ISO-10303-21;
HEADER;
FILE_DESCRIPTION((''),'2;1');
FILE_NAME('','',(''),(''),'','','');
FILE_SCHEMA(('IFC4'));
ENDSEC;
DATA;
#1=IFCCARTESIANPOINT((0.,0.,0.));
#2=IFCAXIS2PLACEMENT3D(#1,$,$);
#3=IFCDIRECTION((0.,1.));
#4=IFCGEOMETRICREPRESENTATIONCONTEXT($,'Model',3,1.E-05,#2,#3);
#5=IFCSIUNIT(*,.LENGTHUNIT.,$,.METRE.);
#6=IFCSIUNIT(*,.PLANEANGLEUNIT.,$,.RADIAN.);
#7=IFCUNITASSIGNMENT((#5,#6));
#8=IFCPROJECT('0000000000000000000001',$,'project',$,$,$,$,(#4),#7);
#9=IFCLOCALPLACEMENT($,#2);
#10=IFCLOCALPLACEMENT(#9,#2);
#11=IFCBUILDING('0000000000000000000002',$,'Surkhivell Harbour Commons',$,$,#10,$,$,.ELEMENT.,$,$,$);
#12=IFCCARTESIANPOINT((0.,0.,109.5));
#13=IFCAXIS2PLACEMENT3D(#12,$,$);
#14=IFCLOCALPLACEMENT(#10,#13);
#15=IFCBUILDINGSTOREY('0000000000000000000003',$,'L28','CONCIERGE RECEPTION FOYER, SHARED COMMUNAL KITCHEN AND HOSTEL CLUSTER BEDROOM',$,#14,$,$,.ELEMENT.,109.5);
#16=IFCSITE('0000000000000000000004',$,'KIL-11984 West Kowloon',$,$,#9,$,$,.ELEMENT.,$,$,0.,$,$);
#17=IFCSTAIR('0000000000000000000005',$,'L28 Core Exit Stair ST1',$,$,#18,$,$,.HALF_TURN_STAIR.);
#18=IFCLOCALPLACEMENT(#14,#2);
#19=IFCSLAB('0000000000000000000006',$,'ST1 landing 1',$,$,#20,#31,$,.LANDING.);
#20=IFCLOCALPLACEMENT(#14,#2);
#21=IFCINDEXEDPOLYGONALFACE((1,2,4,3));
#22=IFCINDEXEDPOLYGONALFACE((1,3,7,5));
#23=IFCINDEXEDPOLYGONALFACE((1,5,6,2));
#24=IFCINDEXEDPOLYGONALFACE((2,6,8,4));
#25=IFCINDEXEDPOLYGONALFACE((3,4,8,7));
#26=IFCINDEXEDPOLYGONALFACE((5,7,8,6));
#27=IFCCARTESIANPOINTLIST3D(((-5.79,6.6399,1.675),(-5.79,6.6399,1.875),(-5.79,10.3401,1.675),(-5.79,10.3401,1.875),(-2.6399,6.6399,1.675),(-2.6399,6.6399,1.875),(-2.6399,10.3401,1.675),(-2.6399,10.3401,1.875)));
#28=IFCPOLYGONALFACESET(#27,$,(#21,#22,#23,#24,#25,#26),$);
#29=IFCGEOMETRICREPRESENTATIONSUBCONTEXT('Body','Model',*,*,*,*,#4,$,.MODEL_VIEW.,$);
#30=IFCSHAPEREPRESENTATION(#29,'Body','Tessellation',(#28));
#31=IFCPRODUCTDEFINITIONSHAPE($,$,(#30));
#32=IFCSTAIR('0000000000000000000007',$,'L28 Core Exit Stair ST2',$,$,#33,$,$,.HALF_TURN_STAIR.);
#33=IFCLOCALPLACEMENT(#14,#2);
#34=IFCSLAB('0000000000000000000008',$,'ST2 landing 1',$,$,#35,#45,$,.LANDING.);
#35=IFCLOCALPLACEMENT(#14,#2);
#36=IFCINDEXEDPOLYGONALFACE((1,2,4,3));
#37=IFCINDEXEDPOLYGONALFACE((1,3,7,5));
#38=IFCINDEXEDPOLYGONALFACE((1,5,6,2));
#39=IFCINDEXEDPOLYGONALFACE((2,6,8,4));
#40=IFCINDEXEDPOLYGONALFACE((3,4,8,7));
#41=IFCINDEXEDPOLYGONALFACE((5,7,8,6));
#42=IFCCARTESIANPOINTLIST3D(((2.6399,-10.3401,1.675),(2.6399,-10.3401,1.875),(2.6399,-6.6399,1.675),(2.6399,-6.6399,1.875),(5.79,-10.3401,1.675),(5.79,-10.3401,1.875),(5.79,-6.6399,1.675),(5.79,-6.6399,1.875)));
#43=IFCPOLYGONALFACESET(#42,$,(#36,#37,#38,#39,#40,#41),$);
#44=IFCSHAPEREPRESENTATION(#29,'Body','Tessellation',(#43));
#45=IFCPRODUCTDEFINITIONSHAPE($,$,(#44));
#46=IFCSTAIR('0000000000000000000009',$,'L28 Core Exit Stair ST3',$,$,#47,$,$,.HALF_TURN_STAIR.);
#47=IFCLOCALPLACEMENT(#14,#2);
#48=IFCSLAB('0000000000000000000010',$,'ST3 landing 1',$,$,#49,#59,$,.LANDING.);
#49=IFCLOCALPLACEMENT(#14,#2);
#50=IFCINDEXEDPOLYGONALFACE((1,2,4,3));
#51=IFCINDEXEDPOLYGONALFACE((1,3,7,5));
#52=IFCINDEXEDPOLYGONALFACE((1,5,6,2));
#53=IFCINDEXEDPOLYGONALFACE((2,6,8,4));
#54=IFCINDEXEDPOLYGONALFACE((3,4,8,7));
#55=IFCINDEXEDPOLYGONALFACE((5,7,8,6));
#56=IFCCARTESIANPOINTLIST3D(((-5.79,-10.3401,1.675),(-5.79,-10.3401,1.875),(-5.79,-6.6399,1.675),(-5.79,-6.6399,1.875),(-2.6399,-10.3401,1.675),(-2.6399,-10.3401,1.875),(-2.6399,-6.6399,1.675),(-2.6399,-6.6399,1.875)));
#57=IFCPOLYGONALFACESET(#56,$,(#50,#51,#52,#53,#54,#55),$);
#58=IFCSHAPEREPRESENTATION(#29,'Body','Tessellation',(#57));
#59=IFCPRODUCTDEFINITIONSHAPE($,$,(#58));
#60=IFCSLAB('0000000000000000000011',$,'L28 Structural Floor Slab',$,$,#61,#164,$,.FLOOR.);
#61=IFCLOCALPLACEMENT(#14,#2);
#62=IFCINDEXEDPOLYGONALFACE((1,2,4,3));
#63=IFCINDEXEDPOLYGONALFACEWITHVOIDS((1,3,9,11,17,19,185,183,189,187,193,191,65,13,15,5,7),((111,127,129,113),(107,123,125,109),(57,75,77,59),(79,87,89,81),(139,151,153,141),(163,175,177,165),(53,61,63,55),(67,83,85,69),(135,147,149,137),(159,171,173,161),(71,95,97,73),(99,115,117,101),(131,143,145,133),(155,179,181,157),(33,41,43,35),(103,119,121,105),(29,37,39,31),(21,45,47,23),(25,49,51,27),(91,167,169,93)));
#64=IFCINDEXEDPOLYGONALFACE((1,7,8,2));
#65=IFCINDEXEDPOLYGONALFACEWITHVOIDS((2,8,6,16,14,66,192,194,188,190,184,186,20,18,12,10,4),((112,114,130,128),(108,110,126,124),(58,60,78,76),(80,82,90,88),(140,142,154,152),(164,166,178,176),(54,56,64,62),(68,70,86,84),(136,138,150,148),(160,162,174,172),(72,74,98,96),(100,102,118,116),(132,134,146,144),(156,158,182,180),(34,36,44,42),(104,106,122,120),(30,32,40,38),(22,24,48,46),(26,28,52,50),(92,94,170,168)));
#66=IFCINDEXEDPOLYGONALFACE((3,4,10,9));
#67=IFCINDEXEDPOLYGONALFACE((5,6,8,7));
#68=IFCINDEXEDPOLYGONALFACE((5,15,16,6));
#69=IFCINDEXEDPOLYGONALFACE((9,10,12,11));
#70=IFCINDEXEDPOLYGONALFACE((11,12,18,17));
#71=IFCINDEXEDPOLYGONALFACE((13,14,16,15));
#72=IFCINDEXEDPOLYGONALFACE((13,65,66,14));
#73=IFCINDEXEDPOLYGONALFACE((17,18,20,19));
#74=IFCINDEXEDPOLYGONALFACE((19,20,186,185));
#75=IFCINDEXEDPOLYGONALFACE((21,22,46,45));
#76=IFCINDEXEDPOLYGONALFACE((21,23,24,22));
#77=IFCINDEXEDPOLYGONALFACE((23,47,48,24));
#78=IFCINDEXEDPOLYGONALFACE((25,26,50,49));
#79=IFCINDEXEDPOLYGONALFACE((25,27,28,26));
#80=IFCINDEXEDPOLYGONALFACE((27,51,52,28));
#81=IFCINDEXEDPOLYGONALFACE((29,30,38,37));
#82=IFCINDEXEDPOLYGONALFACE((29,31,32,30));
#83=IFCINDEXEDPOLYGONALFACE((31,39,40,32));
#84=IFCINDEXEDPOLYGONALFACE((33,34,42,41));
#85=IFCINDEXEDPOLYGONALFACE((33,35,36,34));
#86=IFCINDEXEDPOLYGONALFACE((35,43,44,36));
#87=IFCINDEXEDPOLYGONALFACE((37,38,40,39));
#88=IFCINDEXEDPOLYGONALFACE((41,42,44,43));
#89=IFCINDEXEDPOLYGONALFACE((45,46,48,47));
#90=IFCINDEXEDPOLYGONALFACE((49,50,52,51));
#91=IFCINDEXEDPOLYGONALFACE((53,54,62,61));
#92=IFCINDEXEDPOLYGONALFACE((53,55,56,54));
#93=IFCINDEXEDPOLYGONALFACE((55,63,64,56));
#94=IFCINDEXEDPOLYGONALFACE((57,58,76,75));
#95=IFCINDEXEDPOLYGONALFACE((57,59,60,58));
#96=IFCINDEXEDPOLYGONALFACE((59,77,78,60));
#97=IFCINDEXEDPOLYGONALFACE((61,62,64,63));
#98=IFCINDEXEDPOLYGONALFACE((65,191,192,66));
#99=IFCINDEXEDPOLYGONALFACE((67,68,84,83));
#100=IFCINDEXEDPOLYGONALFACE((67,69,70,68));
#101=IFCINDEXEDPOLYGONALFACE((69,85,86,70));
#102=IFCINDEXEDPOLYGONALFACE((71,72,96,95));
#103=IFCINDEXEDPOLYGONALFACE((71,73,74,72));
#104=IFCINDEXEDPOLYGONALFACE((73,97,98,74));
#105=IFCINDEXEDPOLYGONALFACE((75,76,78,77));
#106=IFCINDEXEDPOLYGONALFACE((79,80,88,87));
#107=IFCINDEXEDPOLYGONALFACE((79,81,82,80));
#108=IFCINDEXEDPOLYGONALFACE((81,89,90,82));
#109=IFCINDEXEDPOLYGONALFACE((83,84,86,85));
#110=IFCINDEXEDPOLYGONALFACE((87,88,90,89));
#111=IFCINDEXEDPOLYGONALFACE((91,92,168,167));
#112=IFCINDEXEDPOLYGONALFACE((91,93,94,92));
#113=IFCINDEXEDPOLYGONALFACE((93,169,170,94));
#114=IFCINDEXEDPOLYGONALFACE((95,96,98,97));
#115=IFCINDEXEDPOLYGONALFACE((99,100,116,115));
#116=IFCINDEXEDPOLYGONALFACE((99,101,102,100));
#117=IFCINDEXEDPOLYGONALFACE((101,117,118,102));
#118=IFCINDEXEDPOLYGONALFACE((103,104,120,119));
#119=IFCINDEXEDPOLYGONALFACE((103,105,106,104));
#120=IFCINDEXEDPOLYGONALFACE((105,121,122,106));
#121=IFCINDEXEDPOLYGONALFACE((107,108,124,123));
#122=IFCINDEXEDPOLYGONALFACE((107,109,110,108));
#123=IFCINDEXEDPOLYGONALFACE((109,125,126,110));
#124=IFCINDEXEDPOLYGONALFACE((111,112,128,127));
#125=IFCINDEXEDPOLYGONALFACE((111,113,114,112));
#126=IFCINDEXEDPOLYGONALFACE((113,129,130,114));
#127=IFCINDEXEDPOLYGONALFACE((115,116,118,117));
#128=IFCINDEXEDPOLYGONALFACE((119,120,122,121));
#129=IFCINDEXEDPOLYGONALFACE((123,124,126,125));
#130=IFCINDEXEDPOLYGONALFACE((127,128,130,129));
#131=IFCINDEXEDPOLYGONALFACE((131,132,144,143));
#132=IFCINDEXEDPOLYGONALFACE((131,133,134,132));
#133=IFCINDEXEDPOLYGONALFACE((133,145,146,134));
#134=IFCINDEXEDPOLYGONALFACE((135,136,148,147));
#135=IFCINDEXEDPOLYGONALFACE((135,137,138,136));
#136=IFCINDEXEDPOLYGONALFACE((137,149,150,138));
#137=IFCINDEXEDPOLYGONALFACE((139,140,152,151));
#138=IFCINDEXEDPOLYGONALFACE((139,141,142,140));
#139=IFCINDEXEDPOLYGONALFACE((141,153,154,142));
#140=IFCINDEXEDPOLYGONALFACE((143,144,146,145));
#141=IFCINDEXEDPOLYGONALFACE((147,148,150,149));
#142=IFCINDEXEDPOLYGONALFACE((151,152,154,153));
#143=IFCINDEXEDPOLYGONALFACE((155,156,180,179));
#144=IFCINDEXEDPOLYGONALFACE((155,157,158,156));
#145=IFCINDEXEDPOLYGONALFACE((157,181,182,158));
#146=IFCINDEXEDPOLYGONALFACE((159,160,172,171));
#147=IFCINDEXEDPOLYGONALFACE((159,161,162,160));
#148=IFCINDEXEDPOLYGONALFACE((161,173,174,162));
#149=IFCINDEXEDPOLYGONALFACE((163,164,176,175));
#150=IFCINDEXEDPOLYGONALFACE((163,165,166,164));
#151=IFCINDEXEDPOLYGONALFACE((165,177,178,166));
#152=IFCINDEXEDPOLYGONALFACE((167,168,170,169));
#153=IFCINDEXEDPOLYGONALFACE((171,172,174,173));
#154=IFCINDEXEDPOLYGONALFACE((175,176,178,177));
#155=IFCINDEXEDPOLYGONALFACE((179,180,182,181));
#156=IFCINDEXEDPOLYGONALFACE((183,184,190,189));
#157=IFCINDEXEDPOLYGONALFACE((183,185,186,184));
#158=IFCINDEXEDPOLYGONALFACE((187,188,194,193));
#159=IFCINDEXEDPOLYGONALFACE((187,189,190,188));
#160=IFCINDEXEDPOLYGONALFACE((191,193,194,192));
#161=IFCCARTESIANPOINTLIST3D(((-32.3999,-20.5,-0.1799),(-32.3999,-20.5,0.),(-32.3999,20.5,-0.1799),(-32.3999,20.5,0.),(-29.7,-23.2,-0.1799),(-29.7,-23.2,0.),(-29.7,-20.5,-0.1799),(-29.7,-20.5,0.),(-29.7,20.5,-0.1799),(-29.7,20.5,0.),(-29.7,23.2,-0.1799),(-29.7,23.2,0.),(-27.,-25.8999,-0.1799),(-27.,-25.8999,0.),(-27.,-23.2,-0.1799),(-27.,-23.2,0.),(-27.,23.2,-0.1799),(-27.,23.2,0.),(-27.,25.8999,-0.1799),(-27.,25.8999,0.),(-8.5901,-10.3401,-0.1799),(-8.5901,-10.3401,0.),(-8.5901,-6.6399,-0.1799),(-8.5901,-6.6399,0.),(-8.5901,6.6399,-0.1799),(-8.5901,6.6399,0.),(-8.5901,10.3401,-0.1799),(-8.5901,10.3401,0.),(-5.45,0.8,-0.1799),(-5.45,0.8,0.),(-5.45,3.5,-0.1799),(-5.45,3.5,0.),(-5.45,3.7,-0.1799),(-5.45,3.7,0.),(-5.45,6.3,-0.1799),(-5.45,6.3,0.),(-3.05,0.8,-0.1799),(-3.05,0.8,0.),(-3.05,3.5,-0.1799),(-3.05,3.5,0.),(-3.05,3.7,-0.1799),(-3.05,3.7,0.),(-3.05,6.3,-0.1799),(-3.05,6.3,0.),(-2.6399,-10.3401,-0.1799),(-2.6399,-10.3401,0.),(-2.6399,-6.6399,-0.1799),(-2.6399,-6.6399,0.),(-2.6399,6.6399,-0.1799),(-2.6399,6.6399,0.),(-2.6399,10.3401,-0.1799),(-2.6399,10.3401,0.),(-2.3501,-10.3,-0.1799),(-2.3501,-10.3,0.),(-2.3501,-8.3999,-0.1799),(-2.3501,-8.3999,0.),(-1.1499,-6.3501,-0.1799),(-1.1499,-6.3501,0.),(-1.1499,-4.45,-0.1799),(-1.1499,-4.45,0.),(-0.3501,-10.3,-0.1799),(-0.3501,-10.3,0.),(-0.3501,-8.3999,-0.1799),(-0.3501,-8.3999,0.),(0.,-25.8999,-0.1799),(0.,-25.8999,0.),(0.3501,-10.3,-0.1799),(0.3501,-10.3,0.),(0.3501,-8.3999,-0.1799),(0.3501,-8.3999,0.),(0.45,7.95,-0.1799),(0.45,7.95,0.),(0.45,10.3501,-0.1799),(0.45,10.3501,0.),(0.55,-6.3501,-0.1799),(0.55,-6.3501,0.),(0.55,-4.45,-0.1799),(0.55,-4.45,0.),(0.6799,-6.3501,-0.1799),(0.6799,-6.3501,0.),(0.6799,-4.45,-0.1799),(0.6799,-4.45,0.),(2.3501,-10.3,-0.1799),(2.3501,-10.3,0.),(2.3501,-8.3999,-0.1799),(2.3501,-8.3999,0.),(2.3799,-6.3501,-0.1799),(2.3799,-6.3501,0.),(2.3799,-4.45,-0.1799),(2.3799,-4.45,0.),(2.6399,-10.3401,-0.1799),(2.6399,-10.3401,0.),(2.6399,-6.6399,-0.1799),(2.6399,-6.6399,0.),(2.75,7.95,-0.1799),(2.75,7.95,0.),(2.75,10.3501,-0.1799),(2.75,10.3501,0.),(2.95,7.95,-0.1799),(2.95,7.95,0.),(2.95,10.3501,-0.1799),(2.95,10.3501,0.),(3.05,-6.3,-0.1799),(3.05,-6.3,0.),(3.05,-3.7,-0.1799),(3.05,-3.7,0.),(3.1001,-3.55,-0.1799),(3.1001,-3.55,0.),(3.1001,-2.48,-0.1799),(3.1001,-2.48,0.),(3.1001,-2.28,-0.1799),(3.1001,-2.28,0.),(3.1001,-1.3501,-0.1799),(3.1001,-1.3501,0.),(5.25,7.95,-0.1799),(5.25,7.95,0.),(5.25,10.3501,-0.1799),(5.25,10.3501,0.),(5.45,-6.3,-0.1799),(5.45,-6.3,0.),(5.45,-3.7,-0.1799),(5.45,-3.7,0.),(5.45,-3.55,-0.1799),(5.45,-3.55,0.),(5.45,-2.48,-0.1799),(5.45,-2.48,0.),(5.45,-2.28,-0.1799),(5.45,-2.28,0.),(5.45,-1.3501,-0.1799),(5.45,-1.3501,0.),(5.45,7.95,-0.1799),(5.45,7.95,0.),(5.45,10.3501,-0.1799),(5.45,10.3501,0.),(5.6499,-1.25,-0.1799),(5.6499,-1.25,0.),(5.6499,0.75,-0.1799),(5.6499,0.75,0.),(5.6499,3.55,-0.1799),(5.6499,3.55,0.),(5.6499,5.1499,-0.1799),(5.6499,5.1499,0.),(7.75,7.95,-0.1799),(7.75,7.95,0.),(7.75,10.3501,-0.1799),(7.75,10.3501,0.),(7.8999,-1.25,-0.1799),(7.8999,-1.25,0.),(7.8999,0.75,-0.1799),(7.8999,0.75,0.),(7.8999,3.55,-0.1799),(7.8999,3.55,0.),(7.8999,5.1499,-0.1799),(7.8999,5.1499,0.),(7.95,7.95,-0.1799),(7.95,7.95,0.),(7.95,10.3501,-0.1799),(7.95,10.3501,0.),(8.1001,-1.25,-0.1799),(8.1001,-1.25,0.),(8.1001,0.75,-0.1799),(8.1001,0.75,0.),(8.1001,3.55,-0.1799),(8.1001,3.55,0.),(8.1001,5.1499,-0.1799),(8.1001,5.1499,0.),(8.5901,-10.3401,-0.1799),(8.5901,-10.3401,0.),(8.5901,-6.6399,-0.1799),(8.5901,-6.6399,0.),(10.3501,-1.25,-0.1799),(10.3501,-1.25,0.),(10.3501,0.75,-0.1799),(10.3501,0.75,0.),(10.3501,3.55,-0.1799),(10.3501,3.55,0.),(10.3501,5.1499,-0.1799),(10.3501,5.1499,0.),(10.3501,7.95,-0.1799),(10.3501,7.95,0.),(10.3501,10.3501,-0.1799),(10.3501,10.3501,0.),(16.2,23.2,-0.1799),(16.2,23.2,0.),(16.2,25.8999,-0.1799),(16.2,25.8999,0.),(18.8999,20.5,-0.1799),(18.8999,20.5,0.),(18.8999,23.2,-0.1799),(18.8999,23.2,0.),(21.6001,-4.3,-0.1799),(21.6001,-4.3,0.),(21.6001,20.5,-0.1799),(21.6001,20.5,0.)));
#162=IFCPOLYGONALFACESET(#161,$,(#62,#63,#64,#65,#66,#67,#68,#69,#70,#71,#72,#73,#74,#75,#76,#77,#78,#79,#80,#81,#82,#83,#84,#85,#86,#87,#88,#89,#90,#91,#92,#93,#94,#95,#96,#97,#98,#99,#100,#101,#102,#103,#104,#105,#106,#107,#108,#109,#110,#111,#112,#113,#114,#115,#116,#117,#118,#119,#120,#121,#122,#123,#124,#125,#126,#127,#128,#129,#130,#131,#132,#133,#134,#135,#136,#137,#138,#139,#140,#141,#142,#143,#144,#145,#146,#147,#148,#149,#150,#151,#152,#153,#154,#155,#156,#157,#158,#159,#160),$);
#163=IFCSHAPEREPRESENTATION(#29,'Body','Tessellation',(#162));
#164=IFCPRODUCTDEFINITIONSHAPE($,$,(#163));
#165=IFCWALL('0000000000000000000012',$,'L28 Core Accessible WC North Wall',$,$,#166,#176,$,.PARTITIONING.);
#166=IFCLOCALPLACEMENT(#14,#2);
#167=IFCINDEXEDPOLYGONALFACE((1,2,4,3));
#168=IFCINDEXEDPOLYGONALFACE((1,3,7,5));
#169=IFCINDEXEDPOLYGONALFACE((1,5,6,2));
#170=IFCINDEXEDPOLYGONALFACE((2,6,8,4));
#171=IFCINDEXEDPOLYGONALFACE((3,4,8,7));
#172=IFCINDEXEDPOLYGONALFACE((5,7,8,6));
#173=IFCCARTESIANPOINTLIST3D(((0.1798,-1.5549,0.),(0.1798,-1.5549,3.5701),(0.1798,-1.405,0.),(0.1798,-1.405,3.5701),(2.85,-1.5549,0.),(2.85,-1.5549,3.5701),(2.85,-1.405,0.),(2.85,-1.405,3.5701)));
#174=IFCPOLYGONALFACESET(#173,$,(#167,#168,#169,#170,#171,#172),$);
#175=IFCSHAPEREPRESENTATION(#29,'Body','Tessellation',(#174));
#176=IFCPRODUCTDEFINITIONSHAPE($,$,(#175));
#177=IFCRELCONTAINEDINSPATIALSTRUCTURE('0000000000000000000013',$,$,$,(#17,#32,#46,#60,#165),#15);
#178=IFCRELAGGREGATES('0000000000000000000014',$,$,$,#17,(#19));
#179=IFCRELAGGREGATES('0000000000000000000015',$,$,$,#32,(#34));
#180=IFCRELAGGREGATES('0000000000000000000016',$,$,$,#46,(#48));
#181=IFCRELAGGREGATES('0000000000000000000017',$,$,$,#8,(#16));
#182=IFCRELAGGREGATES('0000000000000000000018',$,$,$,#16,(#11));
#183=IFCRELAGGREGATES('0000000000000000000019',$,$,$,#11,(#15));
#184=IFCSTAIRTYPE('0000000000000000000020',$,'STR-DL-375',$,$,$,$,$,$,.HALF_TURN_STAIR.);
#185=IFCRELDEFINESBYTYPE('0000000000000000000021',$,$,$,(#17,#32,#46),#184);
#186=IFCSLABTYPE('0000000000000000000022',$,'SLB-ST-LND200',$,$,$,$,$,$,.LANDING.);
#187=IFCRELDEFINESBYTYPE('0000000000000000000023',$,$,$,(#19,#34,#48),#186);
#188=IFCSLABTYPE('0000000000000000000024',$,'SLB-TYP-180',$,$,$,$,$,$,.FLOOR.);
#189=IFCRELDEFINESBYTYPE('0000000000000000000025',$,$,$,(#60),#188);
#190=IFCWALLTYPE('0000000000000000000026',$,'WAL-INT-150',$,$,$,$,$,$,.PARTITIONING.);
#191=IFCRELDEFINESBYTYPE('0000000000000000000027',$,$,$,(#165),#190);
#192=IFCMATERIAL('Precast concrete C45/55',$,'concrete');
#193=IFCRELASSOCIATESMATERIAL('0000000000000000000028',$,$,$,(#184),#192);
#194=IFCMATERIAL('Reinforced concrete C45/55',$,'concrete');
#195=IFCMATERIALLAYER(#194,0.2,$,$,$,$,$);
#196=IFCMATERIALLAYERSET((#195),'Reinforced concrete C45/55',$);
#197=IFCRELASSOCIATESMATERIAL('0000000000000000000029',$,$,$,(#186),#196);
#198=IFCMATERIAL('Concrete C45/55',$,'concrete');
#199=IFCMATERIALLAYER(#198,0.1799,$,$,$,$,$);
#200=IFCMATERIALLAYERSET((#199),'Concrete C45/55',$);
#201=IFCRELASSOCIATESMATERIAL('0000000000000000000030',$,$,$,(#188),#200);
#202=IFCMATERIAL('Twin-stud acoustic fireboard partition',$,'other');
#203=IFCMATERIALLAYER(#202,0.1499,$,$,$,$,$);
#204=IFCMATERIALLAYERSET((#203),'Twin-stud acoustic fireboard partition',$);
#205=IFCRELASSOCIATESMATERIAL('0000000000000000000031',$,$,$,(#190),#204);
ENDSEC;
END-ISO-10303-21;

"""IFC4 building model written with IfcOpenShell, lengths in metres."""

from ifc_helpers import new_model, si_unit, direction, frame, frame_2d, origin, place, context, subcontext, project, spatial, polyline, rectangle, outline, extrude, material, layer, layer_set, type_object, element, aggregate, save


model = new_model("IFC4")

# Units and contexts
model_context = context("Model", 3, precision=1e-05, world=origin(), true_north=direction((0.0, 1.0)))
body_context = subcontext(model_context, "Body", "Model", "MODEL_VIEW")
ifc_project = project(units=[si_unit("LENGTHUNIT", "METRE"), si_unit("PLANEANGLEUNIT", "RADIAN")], contexts=[model_context])

# Site, building, storey
site_placement = place(None, origin())
site = spatial("IfcSite", under=ifc_project, at=site_placement, Name="KIL-11984 West Kowloon", CompositionType="ELEMENT", RefElevation=0.0)
building_placement = place(site_placement, origin())
building = spatial("IfcBuilding", under=site, at=building_placement, Name="Surkhivell Harbour Commons", CompositionType="ELEMENT")
storey_placement = place(building_placement, frame((0.0, 0.0, 109.5)))
storey = spatial("IfcBuildingStorey", under=building, at=storey_placement, Name="L28", Description="CONCIERGE RECEPTION FOYER, SHARED COMMUNAL KITCHEN AND HOSTEL CLUSTER BEDROOM", CompositionType="ELEMENT", Elevation=109.5)

# Stairs, slabs
ifc_material_1 = material(Name="Precast concrete C45/55", Category="concrete")
stair_type = type_object("IfcStairType", Name="STR-DL-375", PredefinedType="HALF_TURN_STAIR", material=ifc_material_1)
stair_1_placement = place(storey_placement, origin())
stair_1 = element("IfcStair", 1, at=stair_1_placement, inside=storey, type_object=stair_type, Name="L28 Core Exit Stair ST1", PredefinedType="HALF_TURN_STAIR")
ifc_material_2 = material(Name="Reinforced concrete C45/55", Category="concrete")
ifc_layer_1 = layer(ifc_material_2, 0.2)
ifc_layer_set_1 = layer_set([ifc_layer_1], Name="Reinforced concrete C45/55")
slab_type_1 = type_object("IfcSlabType", Name="SLB-ST-LND200", PredefinedType="LANDING", material=ifc_layer_set_1)
slab_1_placement = place(storey_placement, frame((0.0, 0.0, 1.675)))
slab_1 = element("IfcSlab", 2, at=slab_1_placement, type_object=slab_type_1, Name="ST1 landing 1", PredefinedType="LANDING", context=body_context, shape_type="SweptSolid", body=[
    extrude(outline(polyline([(-5.79, 6.6399), (-2.6399, 6.6399), (-2.6399, 10.3401), (-5.79, 10.3401), (-5.79, 6.6399)])), origin(), (0.0, 0.0, 1.0), 0.2),
])
aggregate(stair_1, [slab_1])
stair_2_placement = place(storey_placement, origin())
stair_2 = element("IfcStair", 3, at=stair_2_placement, inside=storey, type_object=stair_type, Name="L28 Core Exit Stair ST2", PredefinedType="HALF_TURN_STAIR")
slab_2_placement = place(storey_placement, frame((0.0, 0.0, 1.675)))
slab_2 = element("IfcSlab", 4, at=slab_2_placement, type_object=slab_type_1, Name="ST2 landing 1", PredefinedType="LANDING", context=body_context, shape_type="SweptSolid", body=[
    extrude(outline(polyline([(5.79, -6.6399), (2.6399, -6.6399), (2.6399, -10.3401), (5.79, -10.3401), (5.79, -6.6399)])), origin(), (0.0, 0.0, 1.0), 0.2),
])
aggregate(stair_2, [slab_2])
stair_3_placement = place(storey_placement, origin())
stair_3 = element("IfcStair", 5, at=stair_3_placement, inside=storey, type_object=stair_type, Name="L28 Core Exit Stair ST3", PredefinedType="HALF_TURN_STAIR")
slab_3_placement = place(storey_placement, frame((0.0, 0.0, 1.675)))
slab_3 = element("IfcSlab", 6, at=slab_3_placement, type_object=slab_type_1, Name="ST3 landing 1", PredefinedType="LANDING", context=body_context, shape_type="SweptSolid", body=[
    extrude(outline(polyline([(-5.79, -10.3401), (-2.6399, -10.3401), (-2.6399, -6.6399), (-5.79, -6.6399), (-5.79, -10.3401)])), origin(), (0.0, 0.0, 1.0), 0.2),
])
aggregate(stair_3, [slab_3])

# Slab
ifc_material_3 = material(Name="Concrete C45/55", Category="concrete")
ifc_layer_2 = layer(ifc_material_3, 0.1799)
ifc_layer_set_2 = layer_set([ifc_layer_2], Name="Concrete C45/55")
slab_type_2 = type_object("IfcSlabType", Name="SLB-TYP-180", PredefinedType="FLOOR", material=ifc_layer_set_2)
slab_4_placement = place(storey_placement, frame((0.0, 0.0, -0.1799)))
element("IfcSlab", 7, at=slab_4_placement, inside=storey, type_object=slab_type_2, Name="L28 Structural Floor Slab", PredefinedType="FLOOR", context=body_context, shape_type="SweptSolid", body=[
    extrude(outline(polyline([(-27.0, -25.8999), (0.0, -25.8999), (21.6001, -4.3), (21.6001, 20.5), (18.8999, 20.5), (18.8999, 23.2), (16.2, 23.2), (16.2, 25.8999), (-27.0, 25.8999), (-27.0, 23.2), (-29.7, 23.2), (-29.7, 20.5), (-32.3999, 20.5), (-32.3999, -20.5), (-29.7, -20.5), (-29.7, -23.2), (-27.0, -23.2), (-27.0, -25.8999)]), holes=[polyline([(-8.5901, 6.6399), (-2.6399, 6.6399), (-2.6399, 10.3401), (-8.5901, 10.3401), (-8.5901, 6.6399)]), polyline([(8.5901, -6.6399), (2.6399, -6.6399), (2.6399, -10.3401), (8.5901, -10.3401), (8.5901, -6.6399)]), polyline([(-8.5901, -10.3401), (-2.6399, -10.3401), (-2.6399, -6.6399), (-8.5901, -6.6399), (-8.5901, -10.3401)]), polyline([(0.45, 7.95), (2.75, 7.95), (2.75, 10.3501), (0.45, 10.3501), (0.45, 7.95)]), polyline([(2.95, 7.95), (5.25, 7.95), (5.25, 10.3501), (2.95, 10.3501), (2.95, 7.95)]), polyline([(5.45, 7.95), (7.75, 7.95), (7.75, 10.3501), (5.45, 10.3501), (5.45, 7.95)]), polyline([(7.95, 7.95), (10.3501, 7.95), (10.3501, 10.3501), (7.95, 10.3501), (7.95, 7.95)]), polyline([(5.6499, 3.55), (7.8999, 3.55), (7.8999, 5.1499), (5.6499, 5.1499), (5.6499, 3.55)]), polyline([(8.1001, 3.55), (10.3501, 3.55), (10.3501, 5.1499), (8.1001, 5.1499), (8.1001, 3.55)]), polyline([(5.6499, -1.25), (7.8999, -1.25), (7.8999, 0.75), (5.6499, 0.75), (5.6499, -1.25)]), polyline([(8.1001, -1.25), (10.3501, -1.25), (10.3501, 0.75), (8.1001, 0.75), (8.1001, -1.25)]), polyline([(-1.1499, -6.3501), (0.55, -6.3501), (0.55, -4.45), (-1.1499, -4.45), (-1.1499, -6.3501)]), polyline([(0.6799, -6.3501), (2.3799, -6.3501), (2.3799, -4.45), (0.6799, -4.45), (0.6799, -6.3501)]), polyline([(-2.3501, -10.3), (-0.3501, -10.3), (-0.3501, -8.3999), (-2.3501, -8.3999), (-2.3501, -10.3)]), polyline([(0.3501, -10.3), (2.3501, -10.3), (2.3501, -8.3999), (0.3501, -8.3999), (0.3501, -10.3)]), polyline([(-5.45, 3.7), (-3.05, 3.7), (-3.05, 6.3), (-5.45, 6.3), (-5.45, 3.7)]), polyline([(3.05, -6.3), (5.45, -6.3), (5.45, -3.7), (3.05, -3.7), (3.05, -6.3)]), polyline([(-5.45, 0.8), (-3.05, 0.8), (-3.05, 3.5), (-5.45, 3.5), (-5.45, 0.8)]), polyline([(3.1001, -3.55), (5.45, -3.55), (5.45, -2.48), (3.1001, -2.48), (3.1001, -3.55)]), polyline([(3.1001, -2.28), (5.45, -2.28), (5.45, -1.3501), (3.1001, -1.3501), (3.1001, -2.28)])]), origin(), (0.0, 0.0, 1.0), 0.1799),
])

# Wall
ifc_material_4 = material(Name="Twin-stud acoustic fireboard partition", Category="other")
ifc_layer_3 = layer(ifc_material_4, 0.1499)
ifc_layer_set_3 = layer_set([ifc_layer_3], Name="Twin-stud acoustic fireboard partition")
wall_type_1 = type_object("IfcWallType", Name="WAL-INT-150", PredefinedType="PARTITIONING", material=ifc_layer_set_3)
wall_1_placement = place(storey_placement, frame((0.1799, -1.48, 0.0), z_axis=(0.0, 0.0, 1.0), x_axis=(1.0, 0.0, 0.0)))
element("IfcWall", 8, at=wall_1_placement, inside=storey, type_object=wall_type_1, Name="L28 Core Accessible WC North Wall", PredefinedType="PARTITIONING", context=body_context, shape_type="SweptSolid", body=[
    extrude(rectangle(XDim=2.6702, YDim=0.1499, at=frame_2d((1.335, 0.0))), origin(), (0.0, 0.0, 1.0), 3.5701),
])

save(model, "model.ifc")
